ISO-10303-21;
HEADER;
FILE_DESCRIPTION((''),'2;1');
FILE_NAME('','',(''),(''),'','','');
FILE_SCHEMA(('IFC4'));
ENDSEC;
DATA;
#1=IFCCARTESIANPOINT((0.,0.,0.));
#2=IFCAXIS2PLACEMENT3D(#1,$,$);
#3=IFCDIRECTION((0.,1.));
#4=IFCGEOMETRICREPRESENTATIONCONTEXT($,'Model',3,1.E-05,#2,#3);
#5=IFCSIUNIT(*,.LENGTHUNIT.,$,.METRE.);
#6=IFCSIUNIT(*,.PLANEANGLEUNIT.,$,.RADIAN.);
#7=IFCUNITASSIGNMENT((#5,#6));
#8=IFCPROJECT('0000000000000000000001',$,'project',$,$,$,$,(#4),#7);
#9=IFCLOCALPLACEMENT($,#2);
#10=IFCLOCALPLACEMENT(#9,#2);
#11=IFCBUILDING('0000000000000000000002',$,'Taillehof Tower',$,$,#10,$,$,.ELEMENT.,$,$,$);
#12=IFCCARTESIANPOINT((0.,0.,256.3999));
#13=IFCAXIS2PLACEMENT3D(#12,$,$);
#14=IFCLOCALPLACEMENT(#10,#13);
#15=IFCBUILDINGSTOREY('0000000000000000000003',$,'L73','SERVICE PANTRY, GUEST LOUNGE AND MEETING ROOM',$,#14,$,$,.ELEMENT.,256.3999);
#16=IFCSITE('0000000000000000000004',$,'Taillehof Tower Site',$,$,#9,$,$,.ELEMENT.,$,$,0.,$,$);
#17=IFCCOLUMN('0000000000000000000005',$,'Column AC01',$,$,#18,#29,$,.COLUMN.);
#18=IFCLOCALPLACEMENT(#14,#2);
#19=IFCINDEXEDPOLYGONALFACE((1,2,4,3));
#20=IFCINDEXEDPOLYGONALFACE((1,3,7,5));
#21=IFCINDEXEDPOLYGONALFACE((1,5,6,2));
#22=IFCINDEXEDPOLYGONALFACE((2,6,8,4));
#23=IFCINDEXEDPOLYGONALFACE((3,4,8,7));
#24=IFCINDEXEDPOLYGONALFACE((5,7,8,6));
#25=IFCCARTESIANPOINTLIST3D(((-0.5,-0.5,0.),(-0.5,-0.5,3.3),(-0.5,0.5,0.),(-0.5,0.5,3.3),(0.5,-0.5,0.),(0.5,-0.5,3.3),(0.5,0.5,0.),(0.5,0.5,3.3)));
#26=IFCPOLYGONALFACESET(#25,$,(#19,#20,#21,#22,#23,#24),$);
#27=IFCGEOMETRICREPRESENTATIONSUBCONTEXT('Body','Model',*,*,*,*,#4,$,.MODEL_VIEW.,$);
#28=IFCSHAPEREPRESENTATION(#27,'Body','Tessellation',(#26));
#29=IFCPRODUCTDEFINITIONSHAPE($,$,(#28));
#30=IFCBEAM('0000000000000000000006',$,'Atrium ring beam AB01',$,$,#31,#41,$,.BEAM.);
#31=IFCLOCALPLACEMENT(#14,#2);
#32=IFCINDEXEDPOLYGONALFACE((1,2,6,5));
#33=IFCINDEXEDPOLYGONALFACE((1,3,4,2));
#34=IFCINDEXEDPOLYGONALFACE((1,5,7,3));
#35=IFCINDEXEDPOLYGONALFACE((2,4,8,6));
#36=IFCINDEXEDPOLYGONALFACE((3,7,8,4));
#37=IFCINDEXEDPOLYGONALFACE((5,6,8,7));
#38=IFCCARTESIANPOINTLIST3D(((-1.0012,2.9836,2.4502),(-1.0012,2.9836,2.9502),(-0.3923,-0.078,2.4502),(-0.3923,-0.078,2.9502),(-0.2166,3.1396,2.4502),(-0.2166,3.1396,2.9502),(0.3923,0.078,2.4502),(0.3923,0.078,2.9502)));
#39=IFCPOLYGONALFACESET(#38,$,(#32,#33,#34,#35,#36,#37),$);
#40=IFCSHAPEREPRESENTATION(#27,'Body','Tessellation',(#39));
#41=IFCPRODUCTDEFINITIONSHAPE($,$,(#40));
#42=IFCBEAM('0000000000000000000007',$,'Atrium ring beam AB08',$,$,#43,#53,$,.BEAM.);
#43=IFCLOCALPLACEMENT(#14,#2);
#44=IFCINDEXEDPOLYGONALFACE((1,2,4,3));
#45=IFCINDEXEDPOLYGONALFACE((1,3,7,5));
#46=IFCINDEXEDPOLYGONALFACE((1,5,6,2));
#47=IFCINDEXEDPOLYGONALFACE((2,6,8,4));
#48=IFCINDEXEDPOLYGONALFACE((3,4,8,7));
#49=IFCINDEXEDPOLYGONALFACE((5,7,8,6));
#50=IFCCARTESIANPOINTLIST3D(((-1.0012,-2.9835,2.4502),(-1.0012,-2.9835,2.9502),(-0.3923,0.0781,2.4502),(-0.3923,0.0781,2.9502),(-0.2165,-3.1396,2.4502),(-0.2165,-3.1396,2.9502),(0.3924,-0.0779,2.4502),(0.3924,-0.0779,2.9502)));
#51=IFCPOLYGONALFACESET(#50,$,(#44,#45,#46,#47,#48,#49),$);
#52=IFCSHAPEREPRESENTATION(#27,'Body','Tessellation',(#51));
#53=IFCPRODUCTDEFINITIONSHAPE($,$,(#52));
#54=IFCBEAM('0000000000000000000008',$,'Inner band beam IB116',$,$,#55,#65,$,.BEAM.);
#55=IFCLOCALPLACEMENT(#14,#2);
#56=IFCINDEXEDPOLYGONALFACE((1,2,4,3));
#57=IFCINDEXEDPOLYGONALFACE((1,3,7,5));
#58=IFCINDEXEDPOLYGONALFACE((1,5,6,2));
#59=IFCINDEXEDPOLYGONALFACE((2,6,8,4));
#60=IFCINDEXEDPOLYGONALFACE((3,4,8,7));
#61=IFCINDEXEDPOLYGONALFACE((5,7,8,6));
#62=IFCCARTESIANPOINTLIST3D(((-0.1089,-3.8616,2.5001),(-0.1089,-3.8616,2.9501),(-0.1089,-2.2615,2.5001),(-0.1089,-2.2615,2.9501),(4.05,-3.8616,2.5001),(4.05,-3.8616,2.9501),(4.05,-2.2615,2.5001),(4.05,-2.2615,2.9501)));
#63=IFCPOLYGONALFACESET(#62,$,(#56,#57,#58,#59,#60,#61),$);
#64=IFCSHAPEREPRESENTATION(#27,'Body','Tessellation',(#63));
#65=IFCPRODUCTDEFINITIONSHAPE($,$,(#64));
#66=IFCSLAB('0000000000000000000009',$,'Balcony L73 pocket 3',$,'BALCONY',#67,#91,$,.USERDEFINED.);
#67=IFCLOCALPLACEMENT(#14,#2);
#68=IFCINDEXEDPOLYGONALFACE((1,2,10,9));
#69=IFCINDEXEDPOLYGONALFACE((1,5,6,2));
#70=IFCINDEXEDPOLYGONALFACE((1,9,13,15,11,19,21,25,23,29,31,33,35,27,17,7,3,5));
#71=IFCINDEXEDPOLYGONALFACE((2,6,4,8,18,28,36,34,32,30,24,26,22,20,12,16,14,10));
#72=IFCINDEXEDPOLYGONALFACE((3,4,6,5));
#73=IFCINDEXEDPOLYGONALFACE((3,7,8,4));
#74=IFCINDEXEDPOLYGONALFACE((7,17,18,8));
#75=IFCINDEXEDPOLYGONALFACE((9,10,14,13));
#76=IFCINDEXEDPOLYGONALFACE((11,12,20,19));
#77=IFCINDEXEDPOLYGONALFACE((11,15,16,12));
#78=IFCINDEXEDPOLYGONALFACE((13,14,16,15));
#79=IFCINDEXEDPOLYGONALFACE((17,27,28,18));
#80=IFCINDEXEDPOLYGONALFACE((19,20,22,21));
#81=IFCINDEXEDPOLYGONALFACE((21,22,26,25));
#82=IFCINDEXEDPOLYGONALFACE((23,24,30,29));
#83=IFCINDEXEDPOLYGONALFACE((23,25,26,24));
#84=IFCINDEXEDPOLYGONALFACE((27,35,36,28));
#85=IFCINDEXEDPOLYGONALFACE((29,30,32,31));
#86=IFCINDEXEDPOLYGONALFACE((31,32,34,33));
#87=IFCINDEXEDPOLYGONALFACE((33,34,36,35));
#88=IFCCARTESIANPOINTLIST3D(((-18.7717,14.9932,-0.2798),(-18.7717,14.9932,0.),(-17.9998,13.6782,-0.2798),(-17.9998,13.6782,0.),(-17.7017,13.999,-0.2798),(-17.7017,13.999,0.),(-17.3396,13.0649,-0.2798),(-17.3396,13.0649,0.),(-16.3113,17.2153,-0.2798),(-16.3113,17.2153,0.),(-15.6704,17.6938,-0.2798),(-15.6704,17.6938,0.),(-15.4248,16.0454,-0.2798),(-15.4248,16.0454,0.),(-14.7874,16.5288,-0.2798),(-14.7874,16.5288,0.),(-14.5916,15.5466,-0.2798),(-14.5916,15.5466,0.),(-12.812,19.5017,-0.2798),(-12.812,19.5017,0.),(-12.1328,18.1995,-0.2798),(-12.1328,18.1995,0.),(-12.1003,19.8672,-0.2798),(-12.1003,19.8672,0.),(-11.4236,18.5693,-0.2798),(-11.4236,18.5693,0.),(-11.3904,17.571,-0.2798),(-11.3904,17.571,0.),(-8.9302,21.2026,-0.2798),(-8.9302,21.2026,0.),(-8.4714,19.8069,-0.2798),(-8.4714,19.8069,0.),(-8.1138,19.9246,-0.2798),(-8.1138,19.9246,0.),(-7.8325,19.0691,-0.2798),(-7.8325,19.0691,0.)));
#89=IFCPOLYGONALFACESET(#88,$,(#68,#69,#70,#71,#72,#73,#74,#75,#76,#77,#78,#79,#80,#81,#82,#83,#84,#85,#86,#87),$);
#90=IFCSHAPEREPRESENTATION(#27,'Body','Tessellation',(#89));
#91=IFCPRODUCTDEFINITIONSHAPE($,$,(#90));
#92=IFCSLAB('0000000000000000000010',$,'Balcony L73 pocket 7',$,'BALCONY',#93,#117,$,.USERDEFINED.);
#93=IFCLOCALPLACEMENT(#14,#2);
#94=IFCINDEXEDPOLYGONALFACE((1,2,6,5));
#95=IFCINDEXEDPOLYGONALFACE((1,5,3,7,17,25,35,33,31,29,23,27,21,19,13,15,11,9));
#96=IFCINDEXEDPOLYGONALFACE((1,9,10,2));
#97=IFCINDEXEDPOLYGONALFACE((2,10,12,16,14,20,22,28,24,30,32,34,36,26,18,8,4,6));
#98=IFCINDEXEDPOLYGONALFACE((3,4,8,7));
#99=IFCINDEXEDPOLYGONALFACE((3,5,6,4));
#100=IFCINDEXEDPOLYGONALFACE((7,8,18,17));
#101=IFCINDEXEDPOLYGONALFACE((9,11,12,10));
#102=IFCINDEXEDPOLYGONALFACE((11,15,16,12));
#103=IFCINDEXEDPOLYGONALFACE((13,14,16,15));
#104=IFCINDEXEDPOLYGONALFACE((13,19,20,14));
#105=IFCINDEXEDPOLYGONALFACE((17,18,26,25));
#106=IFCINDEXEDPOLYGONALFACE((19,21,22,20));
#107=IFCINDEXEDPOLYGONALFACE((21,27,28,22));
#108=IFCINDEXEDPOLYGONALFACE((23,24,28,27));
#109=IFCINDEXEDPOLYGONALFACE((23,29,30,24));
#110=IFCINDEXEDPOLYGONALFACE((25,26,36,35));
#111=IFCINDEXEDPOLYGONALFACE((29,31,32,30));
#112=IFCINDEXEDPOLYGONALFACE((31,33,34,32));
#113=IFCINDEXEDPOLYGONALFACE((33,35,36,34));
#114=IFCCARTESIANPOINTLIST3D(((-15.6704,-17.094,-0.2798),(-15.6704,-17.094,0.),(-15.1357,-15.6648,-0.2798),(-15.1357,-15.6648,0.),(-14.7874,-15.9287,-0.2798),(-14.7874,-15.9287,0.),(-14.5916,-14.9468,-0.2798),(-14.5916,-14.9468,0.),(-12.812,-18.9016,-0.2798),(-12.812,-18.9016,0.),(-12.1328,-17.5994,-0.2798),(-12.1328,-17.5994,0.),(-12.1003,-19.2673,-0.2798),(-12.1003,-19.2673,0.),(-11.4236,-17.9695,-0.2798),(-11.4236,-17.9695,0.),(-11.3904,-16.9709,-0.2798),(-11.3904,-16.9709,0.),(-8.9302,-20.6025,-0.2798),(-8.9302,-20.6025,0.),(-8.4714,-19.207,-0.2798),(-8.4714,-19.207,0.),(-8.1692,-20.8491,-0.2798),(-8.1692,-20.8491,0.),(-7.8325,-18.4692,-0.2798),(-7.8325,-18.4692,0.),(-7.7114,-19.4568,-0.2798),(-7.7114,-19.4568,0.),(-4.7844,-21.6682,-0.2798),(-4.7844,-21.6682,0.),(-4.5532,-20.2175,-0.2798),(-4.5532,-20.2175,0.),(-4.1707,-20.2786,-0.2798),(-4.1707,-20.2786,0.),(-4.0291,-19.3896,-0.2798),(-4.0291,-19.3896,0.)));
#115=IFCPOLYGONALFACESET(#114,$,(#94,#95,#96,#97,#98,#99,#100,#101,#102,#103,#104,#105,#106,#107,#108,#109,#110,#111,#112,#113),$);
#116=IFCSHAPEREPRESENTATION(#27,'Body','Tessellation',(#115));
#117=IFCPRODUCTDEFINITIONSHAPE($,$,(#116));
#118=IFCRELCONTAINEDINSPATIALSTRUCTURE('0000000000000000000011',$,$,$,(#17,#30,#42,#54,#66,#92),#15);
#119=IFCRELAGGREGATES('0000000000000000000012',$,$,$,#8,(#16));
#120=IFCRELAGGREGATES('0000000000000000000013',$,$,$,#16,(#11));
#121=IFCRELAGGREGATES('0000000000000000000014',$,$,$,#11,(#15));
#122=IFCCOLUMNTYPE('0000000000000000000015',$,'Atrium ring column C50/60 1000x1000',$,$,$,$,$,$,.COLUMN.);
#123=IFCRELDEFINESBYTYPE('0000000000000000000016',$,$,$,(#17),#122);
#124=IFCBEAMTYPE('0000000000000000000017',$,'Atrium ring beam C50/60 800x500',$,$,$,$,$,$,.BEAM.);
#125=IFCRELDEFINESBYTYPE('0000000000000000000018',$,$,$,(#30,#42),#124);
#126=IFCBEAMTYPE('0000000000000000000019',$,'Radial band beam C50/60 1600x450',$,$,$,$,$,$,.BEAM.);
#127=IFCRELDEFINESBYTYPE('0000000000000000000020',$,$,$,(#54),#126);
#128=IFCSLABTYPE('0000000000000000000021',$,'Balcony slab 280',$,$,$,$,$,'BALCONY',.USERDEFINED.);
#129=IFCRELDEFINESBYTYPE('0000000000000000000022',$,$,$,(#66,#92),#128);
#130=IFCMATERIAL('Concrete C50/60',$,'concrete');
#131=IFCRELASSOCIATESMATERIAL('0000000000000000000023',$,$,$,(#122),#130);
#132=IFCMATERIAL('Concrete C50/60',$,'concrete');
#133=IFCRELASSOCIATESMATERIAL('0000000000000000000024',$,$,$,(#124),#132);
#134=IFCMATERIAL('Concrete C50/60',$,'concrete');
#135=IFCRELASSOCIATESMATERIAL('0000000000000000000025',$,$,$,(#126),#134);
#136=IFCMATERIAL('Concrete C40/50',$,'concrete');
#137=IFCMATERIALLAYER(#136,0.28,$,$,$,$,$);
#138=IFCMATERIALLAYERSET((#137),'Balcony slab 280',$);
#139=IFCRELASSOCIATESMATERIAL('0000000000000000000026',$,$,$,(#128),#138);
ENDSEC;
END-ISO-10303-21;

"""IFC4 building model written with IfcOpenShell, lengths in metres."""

from ifc_helpers import new_model, si_unit, direction, frame, origin, origin_with_axes, origin_2d, place, context, subcontext, project, spatial, polyline, rectangle, outline, extrude, material, layer, layer_set, material_profile, profile_set, type_object, element, save


model = new_model("IFC4")

# Units and contexts
model_context = context("Model", 3, precision=1e-05, world=origin(), true_north=direction((0.0, 1.0)))
body_context = subcontext(model_context, "Body", "Model", "MODEL_VIEW")
ifc_project = project(units=[si_unit("LENGTHUNIT", "METRE"), si_unit("PLANEANGLEUNIT", "RADIAN")], contexts=[model_context])

# Site, building, storey
site_placement = place(None, origin())
site = spatial("IfcSite", under=ifc_project, at=site_placement, Name="Taillehof Tower Site", CompositionType="ELEMENT", RefElevation=0.0)
building_placement = place(site_placement, origin())
building = spatial("IfcBuilding", under=site, at=building_placement, Name="Taillehof Tower", CompositionType="ELEMENT")
storey_placement = place(building_placement, frame((0.0, 0.0, 256.3999)))
storey = spatial("IfcBuildingStorey", under=building, at=storey_placement, Name="L73", Description="SERVICE PANTRY, GUEST LOUNGE AND MEETING ROOM", CompositionType="ELEMENT", Elevation=256.3999)

# Column
ifc_material_1 = material(Name="Concrete C50/60", Category="concrete")
ifc_material_profile_1 = material_profile(ifc_material_1, rectangle(XDim=1.0, YDim=1.0, at=origin_2d()), Name="RC 1000x1000")
ifc_profile_set_1 = profile_set([ifc_material_profile_1], Name="Concrete C50/60")
column_type = type_object("IfcColumnType", Name="Atrium ring column C50/60 1000x1000", PredefinedType="COLUMN", material=ifc_profile_set_1)
column_placement = place(storey_placement, origin_with_axes())
element("IfcColumn", 1, at=column_placement, inside=storey, type_object=column_type, Name="Column AC01", PredefinedType="COLUMN", context=body_context, shape_type="SweptSolid", body=[
    extrude(rectangle(XDim=1.0, YDim=1.0, at=origin_2d()), origin(), (0.0, 0.0, 1.0), 3.3),
])

# Beams
ifc_material_2 = material(Name="Concrete C50/60", Category="concrete")
ifc_material_profile_2 = material_profile(ifc_material_2, rectangle(XDim=0.8, YDim=0.5, at=origin_2d()), Name="RC 800x500")
ifc_profile_set_2 = profile_set([ifc_material_profile_2], Name="Concrete C50/60")
beam_type_1 = type_object("IfcBeamType", Name="Atrium ring beam C50/60 800x500", PredefinedType="BEAM", material=ifc_profile_set_2)
for number, where, z_axis, x_axis, name in (
    (2, (0.0, 0.0, 2.7002), (-0.195063, 0.980791, 0.0), (-0.980791, -0.195063, 0.0), "Atrium ring beam AB01"),
    (3, (-0.6089, -3.0615, 2.7002), (0.195063, 0.980791, 0.0), (-0.980791, 0.195063, 0.0), "Atrium ring beam AB08"),
):
    element("IfcBeam", number, at=place(storey_placement, frame(where, z_axis=z_axis, x_axis=x_axis)), inside=storey, type_object=beam_type_1, Name=name, PredefinedType="BEAM", context=body_context, shape_type="SweptSolid", body=[
        extrude(rectangle(XDim=0.8, YDim=0.5, at=origin_2d()), origin(), (0.0, 0.0, 1.0), 3.1216),
    ])
ifc_material_3 = material(Name="Concrete C50/60", Category="concrete")
ifc_material_profile_3 = material_profile(ifc_material_3, rectangle(XDim=1.6001, YDim=0.45, at=origin_2d()), Name="RC 1600x450")
ifc_profile_set_3 = profile_set([ifc_material_profile_3], Name="Concrete C50/60")
beam_type_2 = type_object("IfcBeamType", Name="Radial band beam C50/60 1600x450", PredefinedType="BEAM", material=ifc_profile_set_3)
beam_placement = place(storey_placement, frame((-0.1089, -3.0615, 2.7251), z_axis=(1.0, 0.0, 0.0), x_axis=(0.0, 1.0, 0.0)))
element("IfcBeam", 4, at=beam_placement, inside=storey, type_object=beam_type_2, Name="Inner band beam IB116", PredefinedType="BEAM", context=body_context, shape_type="SweptSolid", body=[
    extrude(rectangle(XDim=1.6001, YDim=0.45, at=origin_2d()), origin(), (0.0, 0.0, 1.0), 4.1589),
])

# Slabs
ifc_material_4 = material(Name="Concrete C40/50", Category="concrete")
ifc_layer_1 = layer(ifc_material_4, 0.28)
ifc_layer_set_1 = layer_set([ifc_layer_1], Name="Balcony slab 280")
slab_type_1 = type_object("IfcSlabType", Name="Balcony slab 280", ElementType="BALCONY", PredefinedType="USERDEFINED", material=ifc_layer_set_1)
slab_1_placement = place(storey_placement, frame((0.0, 0.0, -0.2798)))
element("IfcSlab", 5, at=slab_1_placement, inside=storey, type_object=slab_type_1, Name="Balcony L73 pocket 3", ObjectType="BALCONY", PredefinedType="USERDEFINED", context=body_context, shape_type="SweptSolid", body=[
    extrude(outline(polyline([(-17.3396, 13.0649), (-17.9998, 13.6782), (-17.7017, 13.999), (-18.7717, 14.9932), (-16.3113, 17.2153), (-15.4248, 16.0454), (-14.7874, 16.5288), (-15.6704, 17.6938), (-12.812, 19.5017), (-12.1328, 18.1995), (-11.4236, 18.5693), (-12.1003, 19.8672), (-8.9302, 21.2026), (-8.4714, 19.8069), (-8.1138, 19.9246), (-7.8325, 19.0691), (-11.3904, 17.571), (-14.5916, 15.5466), (-17.3396, 13.0649)])), origin(), (0.0, 0.0, 1.0), 0.2798),
])
slab_2_placement = place(storey_placement, frame((0.0, 0.0, -0.2798)))
element("IfcSlab", 6, at=slab_2_placement, inside=storey, type_object=slab_type_1, Name="Balcony L73 pocket 7", ObjectType="BALCONY", PredefinedType="USERDEFINED", context=body_context, shape_type="SweptSolid", body=[
    extrude(outline(polyline([(-4.0291, -19.3896), (-4.1707, -20.2786), (-4.5532, -20.2175), (-4.7844, -21.6682), (-8.1692, -20.8491), (-7.7114, -19.4568), (-8.4714, -19.207), (-8.9302, -20.6025), (-12.1003, -19.2673), (-11.4236, -17.9695), (-12.1328, -17.5994), (-12.812, -18.9016), (-15.6704, -17.094), (-14.7874, -15.9287), (-15.1357, -15.6648), (-14.5916, -14.9468), (-11.3904, -16.9709), (-7.8325, -18.4692), (-4.0291, -19.3896)])), origin(), (0.0, 0.0, 1.0), 0.2798),
])

save(model, "model.ifc")
